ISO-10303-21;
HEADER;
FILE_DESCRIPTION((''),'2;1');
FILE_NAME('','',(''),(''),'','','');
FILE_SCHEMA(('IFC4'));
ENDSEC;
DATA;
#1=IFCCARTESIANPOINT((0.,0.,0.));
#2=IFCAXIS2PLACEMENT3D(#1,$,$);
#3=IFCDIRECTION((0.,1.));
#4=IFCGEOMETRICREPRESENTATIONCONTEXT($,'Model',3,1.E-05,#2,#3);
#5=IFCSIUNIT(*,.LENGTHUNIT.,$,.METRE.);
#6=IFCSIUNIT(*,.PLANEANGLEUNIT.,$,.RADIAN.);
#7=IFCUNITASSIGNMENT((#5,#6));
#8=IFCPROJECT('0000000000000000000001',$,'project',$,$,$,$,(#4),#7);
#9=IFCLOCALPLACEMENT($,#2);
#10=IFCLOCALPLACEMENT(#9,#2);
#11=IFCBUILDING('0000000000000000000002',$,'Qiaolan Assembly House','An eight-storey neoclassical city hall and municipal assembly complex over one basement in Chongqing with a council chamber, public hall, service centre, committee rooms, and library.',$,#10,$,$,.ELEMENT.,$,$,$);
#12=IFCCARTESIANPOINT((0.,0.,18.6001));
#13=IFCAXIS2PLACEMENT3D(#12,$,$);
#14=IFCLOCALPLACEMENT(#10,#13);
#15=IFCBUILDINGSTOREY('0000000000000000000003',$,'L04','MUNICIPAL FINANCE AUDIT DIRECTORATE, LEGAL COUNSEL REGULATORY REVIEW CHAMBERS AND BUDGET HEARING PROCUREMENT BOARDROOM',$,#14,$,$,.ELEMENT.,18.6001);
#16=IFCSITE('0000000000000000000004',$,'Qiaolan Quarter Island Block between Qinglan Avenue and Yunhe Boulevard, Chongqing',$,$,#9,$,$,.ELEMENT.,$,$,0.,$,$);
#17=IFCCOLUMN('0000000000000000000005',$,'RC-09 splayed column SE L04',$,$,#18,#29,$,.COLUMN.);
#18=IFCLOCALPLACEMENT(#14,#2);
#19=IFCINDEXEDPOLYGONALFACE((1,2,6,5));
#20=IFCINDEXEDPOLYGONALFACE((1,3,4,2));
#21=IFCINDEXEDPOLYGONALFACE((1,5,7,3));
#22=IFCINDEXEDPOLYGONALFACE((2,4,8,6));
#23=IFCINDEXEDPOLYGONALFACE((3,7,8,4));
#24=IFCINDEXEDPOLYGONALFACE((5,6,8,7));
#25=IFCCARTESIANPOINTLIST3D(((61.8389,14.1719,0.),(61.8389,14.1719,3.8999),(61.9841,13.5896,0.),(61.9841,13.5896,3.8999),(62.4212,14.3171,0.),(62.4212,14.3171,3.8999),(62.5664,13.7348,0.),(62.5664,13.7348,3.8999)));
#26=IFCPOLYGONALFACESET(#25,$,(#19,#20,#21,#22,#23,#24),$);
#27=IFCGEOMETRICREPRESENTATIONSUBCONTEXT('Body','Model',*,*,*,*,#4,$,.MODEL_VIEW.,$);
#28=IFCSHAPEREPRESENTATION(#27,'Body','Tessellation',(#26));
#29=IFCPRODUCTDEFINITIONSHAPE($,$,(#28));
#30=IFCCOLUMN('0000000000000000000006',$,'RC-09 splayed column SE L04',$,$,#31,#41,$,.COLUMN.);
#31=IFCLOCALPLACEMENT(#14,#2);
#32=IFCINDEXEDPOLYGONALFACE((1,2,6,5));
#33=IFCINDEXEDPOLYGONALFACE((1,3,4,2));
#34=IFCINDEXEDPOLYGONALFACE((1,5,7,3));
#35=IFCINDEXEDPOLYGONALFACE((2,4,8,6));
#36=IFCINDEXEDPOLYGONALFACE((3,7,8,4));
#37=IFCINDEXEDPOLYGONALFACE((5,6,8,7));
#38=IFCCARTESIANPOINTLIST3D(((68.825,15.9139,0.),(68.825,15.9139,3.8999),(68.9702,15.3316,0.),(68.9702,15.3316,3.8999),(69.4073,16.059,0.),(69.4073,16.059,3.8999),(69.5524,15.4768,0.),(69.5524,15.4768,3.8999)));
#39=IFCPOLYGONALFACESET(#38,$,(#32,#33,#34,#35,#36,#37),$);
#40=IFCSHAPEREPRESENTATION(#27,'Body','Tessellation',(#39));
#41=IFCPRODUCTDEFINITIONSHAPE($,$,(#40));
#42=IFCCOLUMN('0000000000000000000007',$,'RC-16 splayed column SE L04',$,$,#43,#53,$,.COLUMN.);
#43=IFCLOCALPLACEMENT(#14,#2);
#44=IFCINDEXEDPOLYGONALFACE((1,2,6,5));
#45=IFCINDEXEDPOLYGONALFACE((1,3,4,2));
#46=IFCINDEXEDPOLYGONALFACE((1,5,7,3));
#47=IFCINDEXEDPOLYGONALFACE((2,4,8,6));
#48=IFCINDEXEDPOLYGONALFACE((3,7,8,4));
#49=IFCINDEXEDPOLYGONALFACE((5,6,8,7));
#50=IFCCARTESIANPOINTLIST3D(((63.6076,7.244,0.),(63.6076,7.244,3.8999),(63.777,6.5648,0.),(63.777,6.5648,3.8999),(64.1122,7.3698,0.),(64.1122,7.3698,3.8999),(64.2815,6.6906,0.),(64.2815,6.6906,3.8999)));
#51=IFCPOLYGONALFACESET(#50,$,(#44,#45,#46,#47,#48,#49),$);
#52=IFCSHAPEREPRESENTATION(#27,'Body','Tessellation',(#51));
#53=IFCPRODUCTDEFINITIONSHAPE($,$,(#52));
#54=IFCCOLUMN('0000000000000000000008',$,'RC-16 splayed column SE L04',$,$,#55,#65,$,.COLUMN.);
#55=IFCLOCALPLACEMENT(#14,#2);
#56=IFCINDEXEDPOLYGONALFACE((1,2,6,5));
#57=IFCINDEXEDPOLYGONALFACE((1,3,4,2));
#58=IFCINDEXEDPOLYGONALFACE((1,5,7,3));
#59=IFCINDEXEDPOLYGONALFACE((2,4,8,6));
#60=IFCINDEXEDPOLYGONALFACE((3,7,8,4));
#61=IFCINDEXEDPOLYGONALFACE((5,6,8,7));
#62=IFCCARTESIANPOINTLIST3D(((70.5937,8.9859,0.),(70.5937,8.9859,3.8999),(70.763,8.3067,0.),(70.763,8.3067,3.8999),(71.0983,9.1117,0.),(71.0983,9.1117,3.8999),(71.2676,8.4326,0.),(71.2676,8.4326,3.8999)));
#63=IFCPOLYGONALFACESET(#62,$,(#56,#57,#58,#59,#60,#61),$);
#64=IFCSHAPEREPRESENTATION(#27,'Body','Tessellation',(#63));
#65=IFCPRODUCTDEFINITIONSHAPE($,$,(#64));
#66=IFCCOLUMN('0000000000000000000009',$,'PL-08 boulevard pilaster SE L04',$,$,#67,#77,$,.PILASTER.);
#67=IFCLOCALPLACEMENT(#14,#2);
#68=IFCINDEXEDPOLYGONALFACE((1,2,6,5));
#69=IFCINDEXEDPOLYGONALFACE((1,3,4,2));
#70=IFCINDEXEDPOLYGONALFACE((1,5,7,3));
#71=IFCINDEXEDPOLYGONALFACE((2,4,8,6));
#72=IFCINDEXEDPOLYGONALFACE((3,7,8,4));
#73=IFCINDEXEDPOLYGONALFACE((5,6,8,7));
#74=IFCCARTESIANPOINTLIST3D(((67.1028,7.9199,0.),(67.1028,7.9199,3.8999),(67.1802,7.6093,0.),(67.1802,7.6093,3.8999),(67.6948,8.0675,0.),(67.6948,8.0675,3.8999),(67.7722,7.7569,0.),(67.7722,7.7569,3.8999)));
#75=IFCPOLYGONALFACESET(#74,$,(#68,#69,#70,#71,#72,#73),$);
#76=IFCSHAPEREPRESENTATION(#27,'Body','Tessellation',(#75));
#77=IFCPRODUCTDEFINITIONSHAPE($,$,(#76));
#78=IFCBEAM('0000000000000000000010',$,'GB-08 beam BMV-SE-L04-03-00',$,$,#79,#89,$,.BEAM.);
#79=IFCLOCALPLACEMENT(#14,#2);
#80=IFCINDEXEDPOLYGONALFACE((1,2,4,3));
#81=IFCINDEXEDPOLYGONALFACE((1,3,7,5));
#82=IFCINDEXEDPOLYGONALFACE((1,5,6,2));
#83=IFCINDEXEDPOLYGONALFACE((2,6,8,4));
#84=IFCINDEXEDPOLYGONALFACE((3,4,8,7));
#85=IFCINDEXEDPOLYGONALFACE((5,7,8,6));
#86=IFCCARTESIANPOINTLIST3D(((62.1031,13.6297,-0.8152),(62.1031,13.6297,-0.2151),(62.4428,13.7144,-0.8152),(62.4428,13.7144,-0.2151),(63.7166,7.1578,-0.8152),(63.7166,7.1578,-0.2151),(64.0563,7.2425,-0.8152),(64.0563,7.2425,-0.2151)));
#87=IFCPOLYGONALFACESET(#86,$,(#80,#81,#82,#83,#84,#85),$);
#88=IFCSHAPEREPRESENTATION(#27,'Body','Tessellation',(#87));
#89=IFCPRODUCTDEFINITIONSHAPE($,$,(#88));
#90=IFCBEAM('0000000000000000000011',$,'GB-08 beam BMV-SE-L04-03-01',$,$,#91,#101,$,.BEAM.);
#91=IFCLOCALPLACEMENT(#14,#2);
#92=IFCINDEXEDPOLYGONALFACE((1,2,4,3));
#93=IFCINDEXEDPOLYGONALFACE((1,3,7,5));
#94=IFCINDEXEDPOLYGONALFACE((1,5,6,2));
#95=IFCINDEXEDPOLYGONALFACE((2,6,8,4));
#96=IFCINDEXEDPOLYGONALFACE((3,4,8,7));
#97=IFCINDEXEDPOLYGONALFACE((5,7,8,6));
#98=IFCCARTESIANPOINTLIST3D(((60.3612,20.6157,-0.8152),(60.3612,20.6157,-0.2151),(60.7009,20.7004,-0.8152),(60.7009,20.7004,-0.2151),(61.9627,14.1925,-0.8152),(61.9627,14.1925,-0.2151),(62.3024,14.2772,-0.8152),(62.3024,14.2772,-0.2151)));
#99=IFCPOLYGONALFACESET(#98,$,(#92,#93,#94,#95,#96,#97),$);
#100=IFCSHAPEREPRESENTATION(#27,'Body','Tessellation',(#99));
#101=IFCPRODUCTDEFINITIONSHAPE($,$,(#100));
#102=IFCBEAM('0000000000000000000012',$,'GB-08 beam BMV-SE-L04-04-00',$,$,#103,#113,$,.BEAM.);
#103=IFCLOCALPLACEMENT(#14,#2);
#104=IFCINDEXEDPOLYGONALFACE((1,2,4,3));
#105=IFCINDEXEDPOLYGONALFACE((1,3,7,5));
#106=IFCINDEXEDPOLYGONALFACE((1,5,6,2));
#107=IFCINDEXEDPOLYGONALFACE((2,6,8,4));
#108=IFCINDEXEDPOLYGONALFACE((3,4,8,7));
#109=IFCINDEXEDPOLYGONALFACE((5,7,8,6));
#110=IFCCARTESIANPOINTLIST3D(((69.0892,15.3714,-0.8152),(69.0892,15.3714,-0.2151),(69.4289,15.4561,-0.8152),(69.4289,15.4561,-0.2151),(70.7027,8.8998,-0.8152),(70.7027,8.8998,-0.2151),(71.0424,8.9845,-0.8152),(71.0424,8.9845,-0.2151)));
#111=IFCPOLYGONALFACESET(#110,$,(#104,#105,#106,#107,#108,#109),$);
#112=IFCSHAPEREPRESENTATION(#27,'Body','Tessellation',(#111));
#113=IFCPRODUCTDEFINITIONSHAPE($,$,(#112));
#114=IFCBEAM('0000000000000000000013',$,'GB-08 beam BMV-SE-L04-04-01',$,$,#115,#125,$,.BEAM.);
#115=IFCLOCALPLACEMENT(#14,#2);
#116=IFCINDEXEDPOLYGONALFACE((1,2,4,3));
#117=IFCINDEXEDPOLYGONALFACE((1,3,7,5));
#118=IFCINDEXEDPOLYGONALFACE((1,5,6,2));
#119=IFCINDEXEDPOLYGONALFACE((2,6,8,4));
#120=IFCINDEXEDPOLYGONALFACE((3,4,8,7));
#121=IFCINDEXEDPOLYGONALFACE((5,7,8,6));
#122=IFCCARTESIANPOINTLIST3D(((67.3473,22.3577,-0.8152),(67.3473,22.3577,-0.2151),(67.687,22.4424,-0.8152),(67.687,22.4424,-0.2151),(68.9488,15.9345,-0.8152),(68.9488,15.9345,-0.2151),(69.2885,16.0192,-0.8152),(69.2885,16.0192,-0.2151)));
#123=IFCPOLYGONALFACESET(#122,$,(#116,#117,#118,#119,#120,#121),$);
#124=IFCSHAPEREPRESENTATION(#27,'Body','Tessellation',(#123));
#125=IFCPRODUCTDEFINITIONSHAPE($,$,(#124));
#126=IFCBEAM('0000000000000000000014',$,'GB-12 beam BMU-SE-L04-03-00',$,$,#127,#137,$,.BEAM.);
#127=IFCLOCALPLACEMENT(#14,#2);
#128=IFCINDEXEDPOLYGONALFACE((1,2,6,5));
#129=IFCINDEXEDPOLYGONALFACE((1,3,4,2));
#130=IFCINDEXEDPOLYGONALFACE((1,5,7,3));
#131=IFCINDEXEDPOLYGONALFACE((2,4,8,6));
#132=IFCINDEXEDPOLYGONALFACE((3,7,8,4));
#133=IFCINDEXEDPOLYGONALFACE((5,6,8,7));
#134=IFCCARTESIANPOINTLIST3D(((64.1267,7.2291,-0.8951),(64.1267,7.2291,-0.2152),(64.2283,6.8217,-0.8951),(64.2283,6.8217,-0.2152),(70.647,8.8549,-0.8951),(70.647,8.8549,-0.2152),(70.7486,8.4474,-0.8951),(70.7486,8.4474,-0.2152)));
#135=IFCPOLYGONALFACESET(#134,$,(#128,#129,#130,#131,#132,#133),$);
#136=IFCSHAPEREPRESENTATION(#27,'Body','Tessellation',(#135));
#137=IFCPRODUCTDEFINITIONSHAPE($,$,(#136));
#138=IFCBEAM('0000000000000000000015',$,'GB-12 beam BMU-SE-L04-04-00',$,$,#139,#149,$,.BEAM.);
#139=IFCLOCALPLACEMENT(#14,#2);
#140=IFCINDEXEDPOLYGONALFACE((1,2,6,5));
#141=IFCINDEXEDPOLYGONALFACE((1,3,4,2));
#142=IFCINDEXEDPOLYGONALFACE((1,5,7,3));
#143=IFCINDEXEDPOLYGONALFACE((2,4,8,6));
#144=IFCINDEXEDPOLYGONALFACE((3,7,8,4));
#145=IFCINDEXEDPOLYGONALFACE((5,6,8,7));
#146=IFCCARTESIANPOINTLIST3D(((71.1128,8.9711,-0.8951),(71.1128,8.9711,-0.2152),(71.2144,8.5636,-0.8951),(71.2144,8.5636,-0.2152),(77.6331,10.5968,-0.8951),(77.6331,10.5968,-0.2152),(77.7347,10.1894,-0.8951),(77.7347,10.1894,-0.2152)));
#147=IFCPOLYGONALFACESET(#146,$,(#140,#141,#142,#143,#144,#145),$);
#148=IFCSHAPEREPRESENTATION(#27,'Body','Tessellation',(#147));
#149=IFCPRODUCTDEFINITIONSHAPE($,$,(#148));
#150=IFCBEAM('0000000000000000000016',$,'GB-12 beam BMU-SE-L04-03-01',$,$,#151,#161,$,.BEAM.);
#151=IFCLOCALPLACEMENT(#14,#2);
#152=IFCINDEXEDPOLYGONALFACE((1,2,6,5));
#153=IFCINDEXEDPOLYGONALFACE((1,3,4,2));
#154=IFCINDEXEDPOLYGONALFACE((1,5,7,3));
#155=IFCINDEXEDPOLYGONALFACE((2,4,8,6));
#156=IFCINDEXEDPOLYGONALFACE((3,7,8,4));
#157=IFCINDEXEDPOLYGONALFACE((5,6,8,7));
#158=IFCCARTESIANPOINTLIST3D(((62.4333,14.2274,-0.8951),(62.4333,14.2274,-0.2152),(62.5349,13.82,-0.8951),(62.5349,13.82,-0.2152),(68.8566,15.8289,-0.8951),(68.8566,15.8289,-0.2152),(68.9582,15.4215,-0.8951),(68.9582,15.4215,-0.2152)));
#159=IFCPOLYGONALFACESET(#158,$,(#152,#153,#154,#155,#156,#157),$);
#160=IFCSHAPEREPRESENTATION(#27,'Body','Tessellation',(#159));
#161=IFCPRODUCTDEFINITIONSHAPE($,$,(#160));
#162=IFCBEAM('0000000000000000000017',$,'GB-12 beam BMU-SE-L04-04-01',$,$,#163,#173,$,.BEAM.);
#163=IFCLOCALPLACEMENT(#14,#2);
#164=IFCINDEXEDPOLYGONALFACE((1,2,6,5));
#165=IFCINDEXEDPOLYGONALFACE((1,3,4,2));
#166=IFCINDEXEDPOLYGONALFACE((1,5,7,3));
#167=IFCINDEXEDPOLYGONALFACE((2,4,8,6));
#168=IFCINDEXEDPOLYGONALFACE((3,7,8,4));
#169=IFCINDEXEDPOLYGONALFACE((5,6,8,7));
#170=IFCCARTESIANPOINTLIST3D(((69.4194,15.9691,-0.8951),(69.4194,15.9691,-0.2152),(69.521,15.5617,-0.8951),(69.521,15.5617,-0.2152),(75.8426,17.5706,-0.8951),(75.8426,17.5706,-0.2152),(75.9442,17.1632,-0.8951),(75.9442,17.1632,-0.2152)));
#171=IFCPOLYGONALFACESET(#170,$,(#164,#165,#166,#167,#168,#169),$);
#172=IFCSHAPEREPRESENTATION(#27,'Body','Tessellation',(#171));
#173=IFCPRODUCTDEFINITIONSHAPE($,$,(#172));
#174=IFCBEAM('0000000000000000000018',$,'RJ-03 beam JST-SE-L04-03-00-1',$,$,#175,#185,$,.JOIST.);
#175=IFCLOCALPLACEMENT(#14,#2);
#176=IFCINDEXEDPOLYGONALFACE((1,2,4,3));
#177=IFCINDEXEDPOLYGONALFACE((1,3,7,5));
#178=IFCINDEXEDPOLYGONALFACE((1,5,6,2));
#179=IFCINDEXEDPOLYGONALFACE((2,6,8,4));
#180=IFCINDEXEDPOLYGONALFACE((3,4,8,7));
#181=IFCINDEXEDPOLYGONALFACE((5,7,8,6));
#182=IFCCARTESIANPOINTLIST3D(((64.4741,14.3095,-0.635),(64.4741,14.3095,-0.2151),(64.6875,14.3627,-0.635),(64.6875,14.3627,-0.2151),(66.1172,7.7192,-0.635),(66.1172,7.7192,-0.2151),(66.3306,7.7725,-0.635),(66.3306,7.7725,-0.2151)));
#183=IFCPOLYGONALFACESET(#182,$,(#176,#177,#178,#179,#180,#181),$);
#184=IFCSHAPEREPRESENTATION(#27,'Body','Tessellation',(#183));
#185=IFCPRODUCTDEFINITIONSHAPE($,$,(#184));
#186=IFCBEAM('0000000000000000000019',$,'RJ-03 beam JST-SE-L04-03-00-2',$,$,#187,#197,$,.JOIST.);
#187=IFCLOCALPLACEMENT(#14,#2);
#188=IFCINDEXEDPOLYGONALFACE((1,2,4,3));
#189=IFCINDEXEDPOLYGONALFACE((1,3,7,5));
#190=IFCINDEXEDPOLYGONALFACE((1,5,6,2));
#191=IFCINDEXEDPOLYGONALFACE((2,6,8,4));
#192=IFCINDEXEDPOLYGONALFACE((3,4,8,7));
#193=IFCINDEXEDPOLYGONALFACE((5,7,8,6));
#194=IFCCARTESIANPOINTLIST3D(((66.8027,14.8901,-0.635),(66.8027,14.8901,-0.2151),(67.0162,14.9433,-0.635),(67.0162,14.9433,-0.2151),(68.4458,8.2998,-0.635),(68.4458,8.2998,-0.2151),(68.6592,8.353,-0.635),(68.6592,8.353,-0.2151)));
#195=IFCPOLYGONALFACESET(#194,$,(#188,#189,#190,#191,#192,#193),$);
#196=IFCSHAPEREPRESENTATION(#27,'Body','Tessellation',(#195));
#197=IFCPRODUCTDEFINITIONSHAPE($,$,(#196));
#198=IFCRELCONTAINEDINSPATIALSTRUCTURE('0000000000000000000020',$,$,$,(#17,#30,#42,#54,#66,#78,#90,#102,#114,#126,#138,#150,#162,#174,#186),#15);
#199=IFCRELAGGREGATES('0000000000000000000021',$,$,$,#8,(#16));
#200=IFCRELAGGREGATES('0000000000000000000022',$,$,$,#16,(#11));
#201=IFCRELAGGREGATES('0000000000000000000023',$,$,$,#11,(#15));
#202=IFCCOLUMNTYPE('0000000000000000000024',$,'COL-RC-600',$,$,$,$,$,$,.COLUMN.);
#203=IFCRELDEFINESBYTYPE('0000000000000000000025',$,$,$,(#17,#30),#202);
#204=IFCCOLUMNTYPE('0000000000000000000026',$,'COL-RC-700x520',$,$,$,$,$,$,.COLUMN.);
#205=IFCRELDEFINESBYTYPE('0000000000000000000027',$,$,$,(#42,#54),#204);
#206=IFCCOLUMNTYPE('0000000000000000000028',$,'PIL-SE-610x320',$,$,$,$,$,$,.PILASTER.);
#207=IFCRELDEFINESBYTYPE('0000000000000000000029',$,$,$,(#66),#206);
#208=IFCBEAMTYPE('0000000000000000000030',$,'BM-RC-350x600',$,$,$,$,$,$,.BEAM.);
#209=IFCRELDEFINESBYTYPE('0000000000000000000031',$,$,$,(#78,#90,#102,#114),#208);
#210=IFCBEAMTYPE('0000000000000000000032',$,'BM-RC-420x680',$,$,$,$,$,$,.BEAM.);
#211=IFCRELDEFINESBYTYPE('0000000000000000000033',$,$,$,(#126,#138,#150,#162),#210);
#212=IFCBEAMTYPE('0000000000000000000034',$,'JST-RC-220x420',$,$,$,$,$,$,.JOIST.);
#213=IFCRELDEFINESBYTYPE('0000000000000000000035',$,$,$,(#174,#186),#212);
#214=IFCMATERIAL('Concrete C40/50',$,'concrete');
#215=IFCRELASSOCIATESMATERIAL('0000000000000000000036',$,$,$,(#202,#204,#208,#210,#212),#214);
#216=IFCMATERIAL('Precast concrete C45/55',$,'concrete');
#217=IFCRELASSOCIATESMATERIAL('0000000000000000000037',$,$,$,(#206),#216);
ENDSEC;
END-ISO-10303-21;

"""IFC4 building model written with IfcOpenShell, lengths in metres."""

from ifc_helpers import new_model, si_unit, direction, frame, origin, origin_2d, place, context, subcontext, project, spatial, rectangle, extrude, material, material_profile, profile_set, type_object, element, save


model = new_model("IFC4")

# Units and contexts
model_context = context("Model", 3, precision=1e-05, world=origin(), true_north=direction((0.0, 1.0)))
body_context = subcontext(model_context, "Body", "Model", "MODEL_VIEW")
ifc_project = project(units=[si_unit("LENGTHUNIT", "METRE"), si_unit("PLANEANGLEUNIT", "RADIAN")], contexts=[model_context])

# Site, building, storey
site_placement = place(None, origin())
site = spatial("IfcSite", under=ifc_project, at=site_placement, Name="Qiaolan Quarter Island Block between Qinglan Avenue and Yunhe Boulevard, Chongqing", CompositionType="ELEMENT", RefElevation=0.0)
building_placement = place(site_placement, origin())
building = spatial("IfcBuilding", under=site, at=building_placement, Name="Qiaolan Assembly House", Description="An eight-storey neoclassical city hall and municipal assembly complex over one basement in Chongqing with a council chamber, public hall, service centre, committee rooms, and library.", CompositionType="ELEMENT")
storey_placement = place(building_placement, frame((0.0, 0.0, 18.6001)))
storey = spatial("IfcBuildingStorey", under=building, at=storey_placement, Name="L04", Description="MUNICIPAL FINANCE AUDIT DIRECTORATE, LEGAL COUNSEL REGULATORY REVIEW CHAMBERS AND BUDGET HEARING PROCUREMENT BOARDROOM", CompositionType="ELEMENT", Elevation=18.6001)

# Columns
ifc_material_1 = material(Name="Concrete C40/50", Category="concrete")
ifc_material_profile_1 = material_profile(ifc_material_1, rectangle(XDim=0.6001, YDim=0.6001, at=origin_2d()), Name="RC 600x600")
ifc_profile_set_1 = profile_set([ifc_material_profile_1], Name="Concrete C40/50")
column_type_1 = type_object("IfcColumnType", Name="COL-RC-600", PredefinedType="COLUMN", material=ifc_profile_set_1)
for number, where, z_axis, x_axis, name in (
    (1, (62.2026, 13.9534, 0.0), (0.0, 0.0, 1.0), (0.970296, 0.241922, 0.0), "RC-09 splayed column SE L04"),
    (2, (69.1887, 15.6953, 0.0), (0.0, 0.0, 1.0), (0.970296, 0.241922, 0.0), "RC-09 splayed column SE L04"),
):
    element("IfcColumn", number, at=place(storey_placement, frame(where, z_axis=z_axis, x_axis=x_axis)), inside=storey, type_object=column_type_1, Name=name, PredefinedType="COLUMN", context=body_context, shape_type="SweptSolid", body=[
        extrude(rectangle(XDim=0.6001, YDim=0.6001, at=origin_2d()), origin(), (0.0, 0.0, 1.0), 3.8999),
    ])
ifc_material_profile_2 = material_profile(ifc_material_1, rectangle(XDim=0.52, YDim=0.7, at=origin_2d()), Name="RC 700x520")
ifc_profile_set_2 = profile_set([ifc_material_profile_2], Name="Concrete C40/50")
column_type_2 = type_object("IfcColumnType", Name="COL-RC-700x520", PredefinedType="COLUMN", material=ifc_profile_set_2)
for number, where, z_axis, x_axis, name in (
    (3, (63.9446, 6.9673, 0.0), (0.0, 0.0, 1.0), (0.970296, 0.241922, 0.0), "RC-16 splayed column SE L04"),
    (4, (70.9307, 8.7092, 0.0), (0.0, 0.0, 1.0), (0.970296, 0.241922, 0.0), "RC-16 splayed column SE L04"),
):
    element("IfcColumn", number, at=place(storey_placement, frame(where, z_axis=z_axis, x_axis=x_axis)), inside=storey, type_object=column_type_2, Name=name, PredefinedType="COLUMN", context=body_context, shape_type="SweptSolid", body=[
        extrude(rectangle(XDim=0.52, YDim=0.7, at=origin_2d()), origin(), (0.0, 0.0, 1.0), 3.8999),
    ])
ifc_material_2 = material(Name="Precast concrete C45/55", Category="concrete")
ifc_material_profile_3 = material_profile(ifc_material_2, rectangle(XDim=0.6101, YDim=0.3201, at=origin_2d()), Name="PIL 610x320")
ifc_profile_set_3 = profile_set([ifc_material_profile_3], Name="Precast concrete C45/55")
column_type_3 = type_object("IfcColumnType", Name="PIL-SE-610x320", PredefinedType="PILASTER", material=ifc_profile_set_3)
column_placement = place(storey_placement, frame((67.4375, 7.8384, 0.0), z_axis=(0.0, 0.0, 1.0), x_axis=(0.970296, 0.241922, 0.0)))
element("IfcColumn", 5, at=column_placement, inside=storey, type_object=column_type_3, Name="PL-08 boulevard pilaster SE L04", PredefinedType="PILASTER", context=body_context, shape_type="SweptSolid", body=[
    extrude(rectangle(XDim=0.6101, YDim=0.3201, at=origin_2d()), origin(), (0.0, 0.0, 1.0), 3.8999),
])

# Beams
ifc_material_profile_4 = material_profile(ifc_material_1, rectangle(XDim=0.3501, YDim=0.6001, at=origin_2d()), Name="RCB 350x600")
ifc_profile_set_4 = profile_set([ifc_material_profile_4], Name="Concrete C40/50")
beam_type_1 = type_object("IfcBeamType", Name="BM-RC-350x600", PredefinedType="BEAM", material=ifc_profile_set_4)
beam_1_placement = place(storey_placement, frame((63.8865, 7.2002, -0.5151), z_axis=(-0.241907, 0.970299, 0.0), x_axis=(-0.970299, -0.241907, 0.0)))
element("IfcBeam", 6, at=beam_1_placement, inside=storey, type_object=beam_type_1, Name="GB-08 beam BMV-SE-L04-03-00", PredefinedType="BEAM", context=body_context, shape_type="SweptSolid", body=[
    extrude(rectangle(XDim=0.3501, YDim=0.6001, at=origin_2d()), origin(), (0.0, 0.0, 1.0), 6.6699),
])
beam_2_placement = place(storey_placement, frame((62.1326, 14.2349, -0.5151), z_axis=(-0.241928, 0.970294, 0.0), x_axis=(-0.970294, -0.241928, 0.0)))
element("IfcBeam", 7, at=beam_2_placement, inside=storey, type_object=beam_type_1, Name="GB-08 beam BMV-SE-L04-03-01", PredefinedType="BEAM", context=body_context, shape_type="SweptSolid", body=[
    extrude(rectangle(XDim=0.3501, YDim=0.6001, at=origin_2d()), origin(), (0.0, 0.0, 1.0), 6.6199),
])
beam_3_placement = place(storey_placement, frame((70.8726, 8.9421, -0.5151), z_axis=(-0.241915, 0.970297, 0.0), x_axis=(-0.970297, -0.241915, 0.0)))
element("IfcBeam", 8, at=beam_3_placement, inside=storey, type_object=beam_type_1, Name="GB-08 beam BMV-SE-L04-04-00", PredefinedType="BEAM", context=body_context, shape_type="SweptSolid", body=[
    extrude(rectangle(XDim=0.3501, YDim=0.6001, at=origin_2d()), origin(), (0.0, 0.0, 1.0), 6.6697),
])
beam_4_placement = place(storey_placement, frame((69.1187, 15.9768, -0.5151), z_axis=(-0.241928, 0.970294, 0.0), x_axis=(-0.970294, -0.241928, 0.0)))
element("IfcBeam", 9, at=beam_4_placement, inside=storey, type_object=beam_type_1, Name="GB-08 beam BMV-SE-L04-04-01", PredefinedType="BEAM", context=body_context, shape_type="SweptSolid", body=[
    extrude(rectangle(XDim=0.3501, YDim=0.6001, at=origin_2d()), origin(), (0.0, 0.0, 1.0), 6.6199),
])
ifc_material_profile_5 = material_profile(ifc_material_1, rectangle(XDim=0.4199, YDim=0.6799, at=origin_2d()), Name="RCB 420x680")
ifc_profile_set_5 = profile_set([ifc_material_profile_5], Name="Concrete C40/50")
beam_type_2 = type_object("IfcBeamType", Name="BM-RC-420x680", PredefinedType="BEAM", material=ifc_profile_set_5)
for number, where, z_axis, x_axis, name in (
    (10, (64.1775, 7.0254, -0.5552), (0.970294, 0.241929, 0.0), (-0.241929, 0.970294, 0.0), "GB-12 beam BMU-SE-L04-03-00"),
    (11, (71.1636, 8.7673, -0.5552), (0.970294, 0.241929, 0.0), (-0.241929, 0.970294, 0.0), "GB-12 beam BMU-SE-L04-04-00"),
):
    element("IfcBeam", number, at=place(storey_placement, frame(where, z_axis=z_axis, x_axis=x_axis)), inside=storey, type_object=beam_type_2, Name=name, PredefinedType="BEAM", context=body_context, shape_type="SweptSolid", body=[
        extrude(rectangle(XDim=0.4199, YDim=0.6799, at=origin_2d()), origin(), (0.0, 0.0, 1.0), 6.72),
    ])
for number, where, z_axis, x_axis, name in (
    (12, (62.4841, 14.0237, -0.5552), (0.970294, 0.241928, 0.0), (-0.241928, 0.970294, 0.0), "GB-12 beam BMU-SE-L04-03-01"),
    (13, (69.4702, 15.7654, -0.5552), (0.970294, 0.241928, 0.0), (-0.241928, 0.970294, 0.0), "GB-12 beam BMU-SE-L04-04-01"),
):
    element("IfcBeam", number, at=place(storey_placement, frame(where, z_axis=z_axis, x_axis=x_axis)), inside=storey, type_object=beam_type_2, Name=name, PredefinedType="BEAM", context=body_context, shape_type="SweptSolid", body=[
        extrude(rectangle(XDim=0.4199, YDim=0.6799, at=origin_2d()), origin(), (0.0, 0.0, 1.0), 6.6199),
    ])
ifc_material_profile_6 = material_profile(ifc_material_1, rectangle(XDim=0.22, YDim=0.4199, at=origin_2d()), Name="RCB 220x420")
ifc_profile_set_6 = profile_set([ifc_material_profile_6], Name="Concrete C40/50")
beam_type_3 = type_object("IfcBeamType", Name="JST-RC-220x420", PredefinedType="JOIST", material=ifc_profile_set_6)
for number, where, z_axis, x_axis, name in (
    (14, (66.2239, 7.7458, -0.425), (-0.24191, 0.970299, 0.0), (-0.970299, -0.24191, 0.0), "RJ-03 beam JST-SE-L04-03-00-1"),
    (15, (68.5525, 8.3264, -0.425), (-0.24191, 0.970299, 0.0), (-0.970299, -0.24191, 0.0), "RJ-03 beam JST-SE-L04-03-00-2"),
):
    element("IfcBeam", number, at=place(storey_placement, frame(where, z_axis=z_axis, x_axis=x_axis)), inside=storey, type_object=beam_type_3, Name=name, PredefinedType="JOIST", context=body_context, shape_type="SweptSolid", body=[
        extrude(rectangle(XDim=0.22, YDim=0.4199, at=origin_2d()), origin(), (0.0, 0.0, 1.0), 6.792),
    ])

save(model, "model.ifc")
